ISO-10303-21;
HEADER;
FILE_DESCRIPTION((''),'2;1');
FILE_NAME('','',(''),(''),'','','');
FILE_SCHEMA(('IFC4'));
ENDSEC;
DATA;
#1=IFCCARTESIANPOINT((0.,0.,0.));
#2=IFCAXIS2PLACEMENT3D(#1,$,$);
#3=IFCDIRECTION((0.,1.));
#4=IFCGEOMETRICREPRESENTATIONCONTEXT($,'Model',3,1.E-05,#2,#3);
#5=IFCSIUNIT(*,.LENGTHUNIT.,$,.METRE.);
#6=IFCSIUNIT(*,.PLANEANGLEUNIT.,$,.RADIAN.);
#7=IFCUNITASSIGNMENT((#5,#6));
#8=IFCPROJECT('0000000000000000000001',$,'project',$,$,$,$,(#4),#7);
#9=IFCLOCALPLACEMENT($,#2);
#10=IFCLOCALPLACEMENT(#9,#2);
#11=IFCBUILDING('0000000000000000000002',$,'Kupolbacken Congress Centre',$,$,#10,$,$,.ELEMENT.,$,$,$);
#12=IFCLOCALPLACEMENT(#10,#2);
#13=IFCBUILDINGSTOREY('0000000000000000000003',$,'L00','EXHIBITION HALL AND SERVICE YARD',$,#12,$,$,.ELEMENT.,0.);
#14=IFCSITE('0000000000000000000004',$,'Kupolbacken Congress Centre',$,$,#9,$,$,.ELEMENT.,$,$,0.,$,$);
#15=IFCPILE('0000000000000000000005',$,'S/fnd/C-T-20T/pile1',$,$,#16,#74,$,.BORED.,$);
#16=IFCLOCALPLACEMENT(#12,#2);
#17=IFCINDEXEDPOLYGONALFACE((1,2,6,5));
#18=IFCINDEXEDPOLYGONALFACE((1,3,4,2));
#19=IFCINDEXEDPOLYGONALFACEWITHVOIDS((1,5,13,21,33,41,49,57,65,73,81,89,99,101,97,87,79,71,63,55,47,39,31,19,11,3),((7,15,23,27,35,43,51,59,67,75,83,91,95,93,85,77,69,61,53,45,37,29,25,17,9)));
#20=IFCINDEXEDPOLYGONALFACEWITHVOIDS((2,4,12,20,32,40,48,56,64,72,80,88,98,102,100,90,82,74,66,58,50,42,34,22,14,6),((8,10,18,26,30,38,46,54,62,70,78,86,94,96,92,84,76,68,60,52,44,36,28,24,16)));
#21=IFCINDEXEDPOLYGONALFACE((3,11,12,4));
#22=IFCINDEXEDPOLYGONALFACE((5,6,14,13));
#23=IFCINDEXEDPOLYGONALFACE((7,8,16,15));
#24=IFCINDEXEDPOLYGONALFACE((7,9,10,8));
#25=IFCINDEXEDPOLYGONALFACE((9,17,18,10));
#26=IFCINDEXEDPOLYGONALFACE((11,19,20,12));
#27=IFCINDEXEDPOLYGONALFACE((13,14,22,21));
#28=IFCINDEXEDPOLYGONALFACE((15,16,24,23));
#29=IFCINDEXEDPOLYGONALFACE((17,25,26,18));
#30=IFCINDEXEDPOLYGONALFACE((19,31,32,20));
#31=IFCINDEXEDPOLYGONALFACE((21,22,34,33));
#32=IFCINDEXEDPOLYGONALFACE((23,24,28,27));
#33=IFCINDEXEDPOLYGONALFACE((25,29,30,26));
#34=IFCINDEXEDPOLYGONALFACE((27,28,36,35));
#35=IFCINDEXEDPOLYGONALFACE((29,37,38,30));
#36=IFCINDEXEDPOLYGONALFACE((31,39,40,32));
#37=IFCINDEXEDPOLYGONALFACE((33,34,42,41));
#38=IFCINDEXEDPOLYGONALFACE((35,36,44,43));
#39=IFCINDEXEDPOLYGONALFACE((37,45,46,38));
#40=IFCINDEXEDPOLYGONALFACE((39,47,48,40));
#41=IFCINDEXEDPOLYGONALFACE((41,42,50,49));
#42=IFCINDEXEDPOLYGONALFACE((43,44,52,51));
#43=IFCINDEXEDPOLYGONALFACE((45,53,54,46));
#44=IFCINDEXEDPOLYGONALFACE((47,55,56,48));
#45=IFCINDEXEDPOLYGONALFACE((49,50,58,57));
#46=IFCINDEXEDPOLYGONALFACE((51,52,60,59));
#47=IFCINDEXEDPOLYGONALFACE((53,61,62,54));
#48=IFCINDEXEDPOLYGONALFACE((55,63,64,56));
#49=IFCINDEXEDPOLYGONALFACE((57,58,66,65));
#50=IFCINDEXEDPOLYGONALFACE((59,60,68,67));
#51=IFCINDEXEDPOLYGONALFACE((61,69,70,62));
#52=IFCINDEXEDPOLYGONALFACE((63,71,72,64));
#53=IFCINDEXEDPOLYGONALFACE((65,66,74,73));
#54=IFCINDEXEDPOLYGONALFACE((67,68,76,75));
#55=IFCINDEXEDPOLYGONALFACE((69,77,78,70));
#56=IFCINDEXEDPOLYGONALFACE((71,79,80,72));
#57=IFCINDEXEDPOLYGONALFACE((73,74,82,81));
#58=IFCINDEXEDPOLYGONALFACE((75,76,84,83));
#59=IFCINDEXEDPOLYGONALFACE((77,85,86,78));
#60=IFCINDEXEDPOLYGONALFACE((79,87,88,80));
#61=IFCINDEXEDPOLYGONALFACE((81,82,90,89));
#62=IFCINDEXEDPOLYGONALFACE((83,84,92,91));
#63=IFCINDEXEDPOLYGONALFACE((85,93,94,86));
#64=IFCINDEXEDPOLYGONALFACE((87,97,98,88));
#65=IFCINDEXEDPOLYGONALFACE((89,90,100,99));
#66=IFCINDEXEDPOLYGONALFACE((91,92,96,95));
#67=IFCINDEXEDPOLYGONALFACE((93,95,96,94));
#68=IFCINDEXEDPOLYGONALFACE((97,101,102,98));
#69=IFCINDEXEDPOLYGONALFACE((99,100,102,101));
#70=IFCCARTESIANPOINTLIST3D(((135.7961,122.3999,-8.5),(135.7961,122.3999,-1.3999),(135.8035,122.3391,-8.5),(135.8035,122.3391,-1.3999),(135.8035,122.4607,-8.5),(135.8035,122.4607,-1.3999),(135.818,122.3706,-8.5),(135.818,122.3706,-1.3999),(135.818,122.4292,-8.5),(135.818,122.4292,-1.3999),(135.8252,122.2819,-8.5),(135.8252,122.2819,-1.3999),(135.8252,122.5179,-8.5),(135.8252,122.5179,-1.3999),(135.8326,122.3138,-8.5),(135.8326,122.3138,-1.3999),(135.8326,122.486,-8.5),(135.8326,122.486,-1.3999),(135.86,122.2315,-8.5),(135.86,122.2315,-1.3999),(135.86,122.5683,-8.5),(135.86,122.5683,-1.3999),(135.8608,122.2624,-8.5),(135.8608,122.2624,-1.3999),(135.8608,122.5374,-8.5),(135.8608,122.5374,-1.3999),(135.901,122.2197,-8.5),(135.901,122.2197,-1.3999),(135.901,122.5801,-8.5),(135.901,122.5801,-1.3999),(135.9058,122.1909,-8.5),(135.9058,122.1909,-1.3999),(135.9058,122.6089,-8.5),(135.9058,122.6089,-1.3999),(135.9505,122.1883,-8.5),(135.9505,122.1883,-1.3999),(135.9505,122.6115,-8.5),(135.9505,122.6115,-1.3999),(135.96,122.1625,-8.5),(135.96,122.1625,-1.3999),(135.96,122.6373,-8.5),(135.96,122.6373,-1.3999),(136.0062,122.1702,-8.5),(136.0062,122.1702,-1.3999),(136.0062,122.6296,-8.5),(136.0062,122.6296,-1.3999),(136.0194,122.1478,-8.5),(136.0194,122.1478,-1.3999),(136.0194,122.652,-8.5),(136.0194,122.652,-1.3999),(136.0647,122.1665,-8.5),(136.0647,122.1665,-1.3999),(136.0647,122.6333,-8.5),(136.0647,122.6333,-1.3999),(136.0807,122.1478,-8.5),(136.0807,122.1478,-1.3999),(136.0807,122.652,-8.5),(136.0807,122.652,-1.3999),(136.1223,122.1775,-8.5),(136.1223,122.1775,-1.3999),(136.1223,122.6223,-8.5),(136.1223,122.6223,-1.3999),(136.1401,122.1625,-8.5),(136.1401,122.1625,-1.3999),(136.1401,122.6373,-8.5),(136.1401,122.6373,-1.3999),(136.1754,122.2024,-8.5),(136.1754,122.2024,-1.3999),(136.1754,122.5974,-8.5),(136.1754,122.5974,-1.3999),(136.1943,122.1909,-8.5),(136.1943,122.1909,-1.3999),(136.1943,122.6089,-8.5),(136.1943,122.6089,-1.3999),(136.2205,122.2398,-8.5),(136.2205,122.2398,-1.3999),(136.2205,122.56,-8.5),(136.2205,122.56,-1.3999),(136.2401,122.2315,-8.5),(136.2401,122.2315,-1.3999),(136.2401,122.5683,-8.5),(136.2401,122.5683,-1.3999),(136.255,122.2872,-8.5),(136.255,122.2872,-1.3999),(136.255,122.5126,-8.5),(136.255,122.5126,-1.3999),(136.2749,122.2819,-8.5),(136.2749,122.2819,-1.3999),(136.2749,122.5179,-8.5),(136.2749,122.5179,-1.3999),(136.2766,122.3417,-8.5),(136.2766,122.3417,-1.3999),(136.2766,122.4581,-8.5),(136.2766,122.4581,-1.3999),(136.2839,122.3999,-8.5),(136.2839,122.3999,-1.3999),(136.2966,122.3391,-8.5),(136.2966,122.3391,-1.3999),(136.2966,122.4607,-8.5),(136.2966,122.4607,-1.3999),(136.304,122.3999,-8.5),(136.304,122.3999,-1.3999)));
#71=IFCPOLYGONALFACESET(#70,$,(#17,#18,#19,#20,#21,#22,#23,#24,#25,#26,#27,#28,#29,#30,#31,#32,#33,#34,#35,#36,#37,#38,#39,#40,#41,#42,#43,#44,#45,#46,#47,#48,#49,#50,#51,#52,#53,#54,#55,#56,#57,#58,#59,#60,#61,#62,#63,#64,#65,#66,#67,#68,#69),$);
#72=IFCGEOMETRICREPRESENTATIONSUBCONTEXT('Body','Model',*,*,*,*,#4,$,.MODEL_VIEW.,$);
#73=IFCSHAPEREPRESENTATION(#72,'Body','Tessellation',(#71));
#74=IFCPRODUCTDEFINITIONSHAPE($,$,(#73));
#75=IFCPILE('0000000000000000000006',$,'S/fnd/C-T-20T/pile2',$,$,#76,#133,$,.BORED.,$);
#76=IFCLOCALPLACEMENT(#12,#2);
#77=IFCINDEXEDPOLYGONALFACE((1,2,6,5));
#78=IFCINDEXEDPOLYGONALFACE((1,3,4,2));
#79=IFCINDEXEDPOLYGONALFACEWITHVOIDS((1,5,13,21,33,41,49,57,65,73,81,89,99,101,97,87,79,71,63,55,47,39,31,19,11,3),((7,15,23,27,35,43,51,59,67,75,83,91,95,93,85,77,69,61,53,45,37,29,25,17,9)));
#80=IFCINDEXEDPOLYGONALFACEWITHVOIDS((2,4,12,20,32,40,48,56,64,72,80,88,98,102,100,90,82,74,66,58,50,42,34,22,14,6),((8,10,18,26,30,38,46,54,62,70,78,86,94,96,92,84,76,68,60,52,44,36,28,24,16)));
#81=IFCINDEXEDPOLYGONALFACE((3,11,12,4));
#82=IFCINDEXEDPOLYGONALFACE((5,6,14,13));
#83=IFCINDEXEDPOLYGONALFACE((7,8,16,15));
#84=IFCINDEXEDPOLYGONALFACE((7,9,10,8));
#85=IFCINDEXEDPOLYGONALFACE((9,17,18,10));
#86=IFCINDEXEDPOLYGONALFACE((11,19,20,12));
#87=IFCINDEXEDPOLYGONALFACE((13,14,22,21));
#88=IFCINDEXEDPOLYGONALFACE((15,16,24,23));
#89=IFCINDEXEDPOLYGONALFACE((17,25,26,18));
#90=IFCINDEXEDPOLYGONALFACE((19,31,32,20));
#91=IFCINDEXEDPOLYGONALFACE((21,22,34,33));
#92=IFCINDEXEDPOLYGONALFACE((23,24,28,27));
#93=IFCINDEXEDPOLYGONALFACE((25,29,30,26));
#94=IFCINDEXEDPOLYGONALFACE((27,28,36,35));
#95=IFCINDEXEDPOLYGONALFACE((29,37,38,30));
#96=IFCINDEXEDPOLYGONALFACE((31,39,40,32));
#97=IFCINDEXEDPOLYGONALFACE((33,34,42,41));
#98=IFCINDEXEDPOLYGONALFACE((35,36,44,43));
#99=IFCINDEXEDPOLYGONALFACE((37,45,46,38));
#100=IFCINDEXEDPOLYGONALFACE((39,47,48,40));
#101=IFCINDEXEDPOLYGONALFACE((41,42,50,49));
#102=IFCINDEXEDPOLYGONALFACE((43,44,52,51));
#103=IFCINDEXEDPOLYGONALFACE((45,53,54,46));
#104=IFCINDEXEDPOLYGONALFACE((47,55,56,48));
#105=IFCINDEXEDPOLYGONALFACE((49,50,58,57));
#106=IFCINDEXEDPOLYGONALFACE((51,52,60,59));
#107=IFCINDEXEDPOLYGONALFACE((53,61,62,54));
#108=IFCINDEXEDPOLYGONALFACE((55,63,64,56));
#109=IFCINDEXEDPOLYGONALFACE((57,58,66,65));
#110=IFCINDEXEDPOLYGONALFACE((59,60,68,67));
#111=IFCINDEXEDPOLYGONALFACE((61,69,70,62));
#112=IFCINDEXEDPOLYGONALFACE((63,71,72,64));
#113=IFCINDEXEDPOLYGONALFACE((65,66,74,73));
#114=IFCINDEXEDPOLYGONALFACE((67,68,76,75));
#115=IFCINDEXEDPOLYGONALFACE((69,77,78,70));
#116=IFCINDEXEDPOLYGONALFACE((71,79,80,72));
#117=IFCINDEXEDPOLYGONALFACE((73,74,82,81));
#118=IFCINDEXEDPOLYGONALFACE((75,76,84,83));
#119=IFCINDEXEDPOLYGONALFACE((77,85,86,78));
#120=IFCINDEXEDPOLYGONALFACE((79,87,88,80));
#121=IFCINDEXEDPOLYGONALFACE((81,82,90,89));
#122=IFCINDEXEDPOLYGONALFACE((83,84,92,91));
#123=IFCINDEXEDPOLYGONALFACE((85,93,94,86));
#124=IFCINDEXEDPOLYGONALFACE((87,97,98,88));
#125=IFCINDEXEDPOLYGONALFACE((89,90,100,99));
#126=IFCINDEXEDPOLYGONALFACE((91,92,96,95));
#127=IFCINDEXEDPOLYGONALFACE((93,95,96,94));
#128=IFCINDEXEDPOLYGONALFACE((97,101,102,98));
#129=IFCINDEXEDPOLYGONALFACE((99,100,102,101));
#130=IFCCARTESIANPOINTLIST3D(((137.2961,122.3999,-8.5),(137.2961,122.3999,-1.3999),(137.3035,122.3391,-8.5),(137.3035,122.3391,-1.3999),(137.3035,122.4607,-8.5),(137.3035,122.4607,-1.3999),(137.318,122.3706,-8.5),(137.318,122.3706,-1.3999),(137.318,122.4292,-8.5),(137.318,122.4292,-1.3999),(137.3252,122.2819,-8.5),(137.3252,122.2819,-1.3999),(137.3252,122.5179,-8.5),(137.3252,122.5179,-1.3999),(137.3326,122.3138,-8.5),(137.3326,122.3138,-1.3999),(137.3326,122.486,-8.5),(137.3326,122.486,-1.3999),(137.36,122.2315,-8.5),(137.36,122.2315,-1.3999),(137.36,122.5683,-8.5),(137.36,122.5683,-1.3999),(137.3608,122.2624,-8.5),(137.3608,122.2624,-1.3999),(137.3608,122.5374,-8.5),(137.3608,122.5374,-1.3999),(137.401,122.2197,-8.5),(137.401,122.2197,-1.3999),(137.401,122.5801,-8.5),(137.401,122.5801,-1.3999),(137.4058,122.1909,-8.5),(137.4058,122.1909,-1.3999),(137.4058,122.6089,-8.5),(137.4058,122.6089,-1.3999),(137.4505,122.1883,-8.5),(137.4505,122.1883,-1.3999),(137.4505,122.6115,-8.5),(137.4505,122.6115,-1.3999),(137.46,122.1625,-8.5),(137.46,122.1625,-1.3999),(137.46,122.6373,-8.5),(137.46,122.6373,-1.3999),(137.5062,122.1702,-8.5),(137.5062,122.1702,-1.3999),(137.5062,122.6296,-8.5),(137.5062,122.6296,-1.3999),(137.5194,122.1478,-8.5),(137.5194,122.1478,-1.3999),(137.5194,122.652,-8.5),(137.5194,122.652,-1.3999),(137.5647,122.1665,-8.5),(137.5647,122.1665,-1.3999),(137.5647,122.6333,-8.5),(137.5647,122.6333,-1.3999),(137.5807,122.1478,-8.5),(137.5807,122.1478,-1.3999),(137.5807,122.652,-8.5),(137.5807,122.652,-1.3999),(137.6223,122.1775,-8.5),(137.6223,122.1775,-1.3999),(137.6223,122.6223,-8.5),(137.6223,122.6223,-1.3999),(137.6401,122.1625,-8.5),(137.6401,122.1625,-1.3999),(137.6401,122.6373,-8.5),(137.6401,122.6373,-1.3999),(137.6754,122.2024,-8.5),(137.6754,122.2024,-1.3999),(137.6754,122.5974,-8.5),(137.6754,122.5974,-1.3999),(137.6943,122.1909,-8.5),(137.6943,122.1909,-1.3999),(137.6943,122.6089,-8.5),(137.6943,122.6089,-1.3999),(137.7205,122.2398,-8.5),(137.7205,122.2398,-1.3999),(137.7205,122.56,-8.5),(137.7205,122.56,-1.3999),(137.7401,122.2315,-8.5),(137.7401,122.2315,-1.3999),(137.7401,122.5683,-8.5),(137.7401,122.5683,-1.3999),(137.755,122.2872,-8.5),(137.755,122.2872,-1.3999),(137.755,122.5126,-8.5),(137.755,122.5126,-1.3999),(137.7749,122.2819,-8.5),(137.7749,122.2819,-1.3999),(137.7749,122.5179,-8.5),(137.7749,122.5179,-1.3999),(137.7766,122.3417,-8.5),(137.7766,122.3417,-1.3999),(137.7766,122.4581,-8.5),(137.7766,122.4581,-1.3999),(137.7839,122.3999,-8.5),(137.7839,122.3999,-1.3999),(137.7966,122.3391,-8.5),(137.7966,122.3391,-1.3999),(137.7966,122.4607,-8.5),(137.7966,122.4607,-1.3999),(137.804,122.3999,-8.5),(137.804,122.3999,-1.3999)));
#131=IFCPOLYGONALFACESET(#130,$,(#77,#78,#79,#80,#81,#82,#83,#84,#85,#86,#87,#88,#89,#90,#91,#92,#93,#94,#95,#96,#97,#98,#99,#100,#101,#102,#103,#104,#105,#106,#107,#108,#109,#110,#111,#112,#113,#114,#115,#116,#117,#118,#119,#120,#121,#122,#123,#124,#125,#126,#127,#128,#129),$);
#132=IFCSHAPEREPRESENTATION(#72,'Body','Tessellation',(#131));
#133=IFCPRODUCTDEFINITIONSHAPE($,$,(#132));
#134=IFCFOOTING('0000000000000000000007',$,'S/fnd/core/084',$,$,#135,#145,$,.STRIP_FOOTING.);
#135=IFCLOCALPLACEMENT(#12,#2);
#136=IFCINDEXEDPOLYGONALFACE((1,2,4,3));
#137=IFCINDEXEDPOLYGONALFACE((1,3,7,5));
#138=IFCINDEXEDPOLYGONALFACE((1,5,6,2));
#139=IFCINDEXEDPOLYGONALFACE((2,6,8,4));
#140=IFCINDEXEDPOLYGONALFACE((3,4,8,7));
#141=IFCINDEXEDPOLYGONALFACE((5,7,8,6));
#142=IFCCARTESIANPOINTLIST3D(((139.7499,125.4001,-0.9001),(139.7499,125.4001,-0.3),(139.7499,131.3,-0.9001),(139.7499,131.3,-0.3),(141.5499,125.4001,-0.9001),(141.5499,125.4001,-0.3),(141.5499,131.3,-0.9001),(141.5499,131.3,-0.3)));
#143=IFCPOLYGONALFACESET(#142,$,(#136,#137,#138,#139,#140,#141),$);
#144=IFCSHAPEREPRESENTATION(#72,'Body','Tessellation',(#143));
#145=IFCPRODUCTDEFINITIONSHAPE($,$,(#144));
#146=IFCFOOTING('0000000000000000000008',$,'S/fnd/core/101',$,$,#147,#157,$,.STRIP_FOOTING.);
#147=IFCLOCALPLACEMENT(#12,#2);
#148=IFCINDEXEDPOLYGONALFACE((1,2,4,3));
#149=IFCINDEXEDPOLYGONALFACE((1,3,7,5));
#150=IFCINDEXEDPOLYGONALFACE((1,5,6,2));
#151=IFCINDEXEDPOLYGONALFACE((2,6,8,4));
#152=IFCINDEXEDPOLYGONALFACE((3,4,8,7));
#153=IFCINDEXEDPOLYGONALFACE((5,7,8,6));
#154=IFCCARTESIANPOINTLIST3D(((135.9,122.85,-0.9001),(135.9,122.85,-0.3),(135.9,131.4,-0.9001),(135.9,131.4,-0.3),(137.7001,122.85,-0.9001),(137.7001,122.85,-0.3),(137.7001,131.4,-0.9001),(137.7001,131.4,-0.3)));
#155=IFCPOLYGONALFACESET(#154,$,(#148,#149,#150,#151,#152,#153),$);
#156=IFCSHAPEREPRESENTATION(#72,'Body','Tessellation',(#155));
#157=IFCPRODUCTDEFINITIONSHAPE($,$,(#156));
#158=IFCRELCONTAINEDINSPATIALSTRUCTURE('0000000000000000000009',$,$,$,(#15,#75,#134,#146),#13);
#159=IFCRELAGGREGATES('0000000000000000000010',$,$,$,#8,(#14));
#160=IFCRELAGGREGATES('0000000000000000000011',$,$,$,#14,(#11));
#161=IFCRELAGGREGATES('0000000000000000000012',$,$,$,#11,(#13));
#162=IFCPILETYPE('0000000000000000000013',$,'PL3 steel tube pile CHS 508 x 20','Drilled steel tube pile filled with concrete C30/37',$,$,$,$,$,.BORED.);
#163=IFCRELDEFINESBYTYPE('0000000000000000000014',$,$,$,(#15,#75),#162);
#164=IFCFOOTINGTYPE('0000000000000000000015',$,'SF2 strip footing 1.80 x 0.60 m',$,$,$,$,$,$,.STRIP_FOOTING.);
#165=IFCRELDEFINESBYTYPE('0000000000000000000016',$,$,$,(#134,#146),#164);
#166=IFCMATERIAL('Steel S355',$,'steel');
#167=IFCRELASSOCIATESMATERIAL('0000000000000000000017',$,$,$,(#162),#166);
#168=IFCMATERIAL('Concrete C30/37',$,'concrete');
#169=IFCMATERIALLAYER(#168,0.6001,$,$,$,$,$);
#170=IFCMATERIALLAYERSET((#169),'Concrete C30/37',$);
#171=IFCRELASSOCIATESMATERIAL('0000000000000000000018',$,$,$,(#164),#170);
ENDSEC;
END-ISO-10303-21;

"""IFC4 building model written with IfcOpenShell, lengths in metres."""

from ifc_helpers import new_model, si_unit, direction, frame, origin, origin_2d, place, context, subcontext, project, spatial, rectangle, hollow_circle, extrude, material, layer, layer_set, material_profile, profile_set, type_object, element, save


model = new_model("IFC4")

# Units and contexts
model_context = context("Model", 3, precision=1e-05, world=origin(), true_north=direction((0.0, 1.0)))
body_context = subcontext(model_context, "Body", "Model", "MODEL_VIEW")
ifc_project = project(units=[si_unit("LENGTHUNIT", "METRE"), si_unit("PLANEANGLEUNIT", "RADIAN")], contexts=[model_context])

# Site, building, storey
site_placement = place(None, origin())
site = spatial("IfcSite", under=ifc_project, at=site_placement, Name="Kupolbacken Congress Centre", CompositionType="ELEMENT", RefElevation=0.0)
building_placement = place(site_placement, origin())
building = spatial("IfcBuilding", under=site, at=building_placement, Name="Kupolbacken Congress Centre", CompositionType="ELEMENT")
storey_placement = place(building_placement, origin())
storey = spatial("IfcBuildingStorey", under=building, at=storey_placement, Name="L00", Description="EXHIBITION HALL AND SERVICE YARD", CompositionType="ELEMENT", Elevation=0.0)

# Piles
ifc_material_1 = material(Name="Steel S355", Category="steel")
ifc_material_profile_1 = material_profile(ifc_material_1, hollow_circle(Radius=0.2539, WallThickness=0.02, at=origin_2d()), Name="CHS 508 x 20")
ifc_profile_set_1 = profile_set([ifc_material_profile_1], Name="Steel S355")
pile_type_1 = type_object("IfcPileType", Name="PL3 steel tube pile CHS 508 x 20", Description="Drilled steel tube pile filled with concrete C30/37", PredefinedType="BORED", material=ifc_profile_set_1)
for number, where, z_axis, x_axis, name in (
    (1, (136.05, 122.3999, -1.3999), (0.0, 0.0, -1.0), (1.0, 0.0, 0.0), "S/fnd/C-T-20T/pile1"),
    (2, (137.55, 122.3999, -1.3999), (0.0, 0.0, -1.0), (1.0, 0.0, 0.0), "S/fnd/C-T-20T/pile2"),
):
    element("IfcPile", number, at=place(storey_placement, frame(where, z_axis=z_axis, x_axis=x_axis)), inside=storey, type_object=pile_type_1, Name=name, PredefinedType="BORED", context=body_context, shape_type="SweptSolid", body=[
        extrude(hollow_circle(Radius=0.2539, WallThickness=0.02, at=origin_2d()), origin(), (0.0, 0.0, 1.0), 7.1001),
    ])

# Footings
ifc_material_2 = material(Name="Concrete C30/37", Category="concrete")
ifc_layer_1 = layer(ifc_material_2, 0.6001)
ifc_layer_set_1 = layer_set([ifc_layer_1], Name="Concrete C30/37")
footing_type_1 = type_object("IfcFootingType", Name="SF2 strip footing 1.80 x 0.60 m", PredefinedType="STRIP_FOOTING", material=ifc_layer_set_1)
footing_1_placement = place(storey_placement, frame((140.6499, 128.3501, -0.9001), z_axis=(0.0, 0.0, 1.0), x_axis=(0.0, 1.0, 0.0)))
element("IfcFooting", 3, at=footing_1_placement, inside=storey, type_object=footing_type_1, Name="S/fnd/core/084", PredefinedType="STRIP_FOOTING", context=body_context, shape_type="SweptSolid", body=[
    extrude(rectangle(XDim=5.8999, YDim=1.8, at=origin_2d()), origin(), (0.0, 0.0, 1.0), 0.6001),
])
footing_2_placement = place(storey_placement, frame((136.8, 127.125, -0.9001), z_axis=(0.0, 0.0, 1.0), x_axis=(0.0, 1.0, 0.0)))
element("IfcFooting", 4, at=footing_2_placement, inside=storey, type_object=footing_type_1, Name="S/fnd/core/101", PredefinedType="STRIP_FOOTING", context=body_context, shape_type="SweptSolid", body=[
    extrude(rectangle(XDim=8.55, YDim=1.8, at=origin_2d()), origin(), (0.0, 0.0, 1.0), 0.6001),
])

save(model, "model.ifc")
